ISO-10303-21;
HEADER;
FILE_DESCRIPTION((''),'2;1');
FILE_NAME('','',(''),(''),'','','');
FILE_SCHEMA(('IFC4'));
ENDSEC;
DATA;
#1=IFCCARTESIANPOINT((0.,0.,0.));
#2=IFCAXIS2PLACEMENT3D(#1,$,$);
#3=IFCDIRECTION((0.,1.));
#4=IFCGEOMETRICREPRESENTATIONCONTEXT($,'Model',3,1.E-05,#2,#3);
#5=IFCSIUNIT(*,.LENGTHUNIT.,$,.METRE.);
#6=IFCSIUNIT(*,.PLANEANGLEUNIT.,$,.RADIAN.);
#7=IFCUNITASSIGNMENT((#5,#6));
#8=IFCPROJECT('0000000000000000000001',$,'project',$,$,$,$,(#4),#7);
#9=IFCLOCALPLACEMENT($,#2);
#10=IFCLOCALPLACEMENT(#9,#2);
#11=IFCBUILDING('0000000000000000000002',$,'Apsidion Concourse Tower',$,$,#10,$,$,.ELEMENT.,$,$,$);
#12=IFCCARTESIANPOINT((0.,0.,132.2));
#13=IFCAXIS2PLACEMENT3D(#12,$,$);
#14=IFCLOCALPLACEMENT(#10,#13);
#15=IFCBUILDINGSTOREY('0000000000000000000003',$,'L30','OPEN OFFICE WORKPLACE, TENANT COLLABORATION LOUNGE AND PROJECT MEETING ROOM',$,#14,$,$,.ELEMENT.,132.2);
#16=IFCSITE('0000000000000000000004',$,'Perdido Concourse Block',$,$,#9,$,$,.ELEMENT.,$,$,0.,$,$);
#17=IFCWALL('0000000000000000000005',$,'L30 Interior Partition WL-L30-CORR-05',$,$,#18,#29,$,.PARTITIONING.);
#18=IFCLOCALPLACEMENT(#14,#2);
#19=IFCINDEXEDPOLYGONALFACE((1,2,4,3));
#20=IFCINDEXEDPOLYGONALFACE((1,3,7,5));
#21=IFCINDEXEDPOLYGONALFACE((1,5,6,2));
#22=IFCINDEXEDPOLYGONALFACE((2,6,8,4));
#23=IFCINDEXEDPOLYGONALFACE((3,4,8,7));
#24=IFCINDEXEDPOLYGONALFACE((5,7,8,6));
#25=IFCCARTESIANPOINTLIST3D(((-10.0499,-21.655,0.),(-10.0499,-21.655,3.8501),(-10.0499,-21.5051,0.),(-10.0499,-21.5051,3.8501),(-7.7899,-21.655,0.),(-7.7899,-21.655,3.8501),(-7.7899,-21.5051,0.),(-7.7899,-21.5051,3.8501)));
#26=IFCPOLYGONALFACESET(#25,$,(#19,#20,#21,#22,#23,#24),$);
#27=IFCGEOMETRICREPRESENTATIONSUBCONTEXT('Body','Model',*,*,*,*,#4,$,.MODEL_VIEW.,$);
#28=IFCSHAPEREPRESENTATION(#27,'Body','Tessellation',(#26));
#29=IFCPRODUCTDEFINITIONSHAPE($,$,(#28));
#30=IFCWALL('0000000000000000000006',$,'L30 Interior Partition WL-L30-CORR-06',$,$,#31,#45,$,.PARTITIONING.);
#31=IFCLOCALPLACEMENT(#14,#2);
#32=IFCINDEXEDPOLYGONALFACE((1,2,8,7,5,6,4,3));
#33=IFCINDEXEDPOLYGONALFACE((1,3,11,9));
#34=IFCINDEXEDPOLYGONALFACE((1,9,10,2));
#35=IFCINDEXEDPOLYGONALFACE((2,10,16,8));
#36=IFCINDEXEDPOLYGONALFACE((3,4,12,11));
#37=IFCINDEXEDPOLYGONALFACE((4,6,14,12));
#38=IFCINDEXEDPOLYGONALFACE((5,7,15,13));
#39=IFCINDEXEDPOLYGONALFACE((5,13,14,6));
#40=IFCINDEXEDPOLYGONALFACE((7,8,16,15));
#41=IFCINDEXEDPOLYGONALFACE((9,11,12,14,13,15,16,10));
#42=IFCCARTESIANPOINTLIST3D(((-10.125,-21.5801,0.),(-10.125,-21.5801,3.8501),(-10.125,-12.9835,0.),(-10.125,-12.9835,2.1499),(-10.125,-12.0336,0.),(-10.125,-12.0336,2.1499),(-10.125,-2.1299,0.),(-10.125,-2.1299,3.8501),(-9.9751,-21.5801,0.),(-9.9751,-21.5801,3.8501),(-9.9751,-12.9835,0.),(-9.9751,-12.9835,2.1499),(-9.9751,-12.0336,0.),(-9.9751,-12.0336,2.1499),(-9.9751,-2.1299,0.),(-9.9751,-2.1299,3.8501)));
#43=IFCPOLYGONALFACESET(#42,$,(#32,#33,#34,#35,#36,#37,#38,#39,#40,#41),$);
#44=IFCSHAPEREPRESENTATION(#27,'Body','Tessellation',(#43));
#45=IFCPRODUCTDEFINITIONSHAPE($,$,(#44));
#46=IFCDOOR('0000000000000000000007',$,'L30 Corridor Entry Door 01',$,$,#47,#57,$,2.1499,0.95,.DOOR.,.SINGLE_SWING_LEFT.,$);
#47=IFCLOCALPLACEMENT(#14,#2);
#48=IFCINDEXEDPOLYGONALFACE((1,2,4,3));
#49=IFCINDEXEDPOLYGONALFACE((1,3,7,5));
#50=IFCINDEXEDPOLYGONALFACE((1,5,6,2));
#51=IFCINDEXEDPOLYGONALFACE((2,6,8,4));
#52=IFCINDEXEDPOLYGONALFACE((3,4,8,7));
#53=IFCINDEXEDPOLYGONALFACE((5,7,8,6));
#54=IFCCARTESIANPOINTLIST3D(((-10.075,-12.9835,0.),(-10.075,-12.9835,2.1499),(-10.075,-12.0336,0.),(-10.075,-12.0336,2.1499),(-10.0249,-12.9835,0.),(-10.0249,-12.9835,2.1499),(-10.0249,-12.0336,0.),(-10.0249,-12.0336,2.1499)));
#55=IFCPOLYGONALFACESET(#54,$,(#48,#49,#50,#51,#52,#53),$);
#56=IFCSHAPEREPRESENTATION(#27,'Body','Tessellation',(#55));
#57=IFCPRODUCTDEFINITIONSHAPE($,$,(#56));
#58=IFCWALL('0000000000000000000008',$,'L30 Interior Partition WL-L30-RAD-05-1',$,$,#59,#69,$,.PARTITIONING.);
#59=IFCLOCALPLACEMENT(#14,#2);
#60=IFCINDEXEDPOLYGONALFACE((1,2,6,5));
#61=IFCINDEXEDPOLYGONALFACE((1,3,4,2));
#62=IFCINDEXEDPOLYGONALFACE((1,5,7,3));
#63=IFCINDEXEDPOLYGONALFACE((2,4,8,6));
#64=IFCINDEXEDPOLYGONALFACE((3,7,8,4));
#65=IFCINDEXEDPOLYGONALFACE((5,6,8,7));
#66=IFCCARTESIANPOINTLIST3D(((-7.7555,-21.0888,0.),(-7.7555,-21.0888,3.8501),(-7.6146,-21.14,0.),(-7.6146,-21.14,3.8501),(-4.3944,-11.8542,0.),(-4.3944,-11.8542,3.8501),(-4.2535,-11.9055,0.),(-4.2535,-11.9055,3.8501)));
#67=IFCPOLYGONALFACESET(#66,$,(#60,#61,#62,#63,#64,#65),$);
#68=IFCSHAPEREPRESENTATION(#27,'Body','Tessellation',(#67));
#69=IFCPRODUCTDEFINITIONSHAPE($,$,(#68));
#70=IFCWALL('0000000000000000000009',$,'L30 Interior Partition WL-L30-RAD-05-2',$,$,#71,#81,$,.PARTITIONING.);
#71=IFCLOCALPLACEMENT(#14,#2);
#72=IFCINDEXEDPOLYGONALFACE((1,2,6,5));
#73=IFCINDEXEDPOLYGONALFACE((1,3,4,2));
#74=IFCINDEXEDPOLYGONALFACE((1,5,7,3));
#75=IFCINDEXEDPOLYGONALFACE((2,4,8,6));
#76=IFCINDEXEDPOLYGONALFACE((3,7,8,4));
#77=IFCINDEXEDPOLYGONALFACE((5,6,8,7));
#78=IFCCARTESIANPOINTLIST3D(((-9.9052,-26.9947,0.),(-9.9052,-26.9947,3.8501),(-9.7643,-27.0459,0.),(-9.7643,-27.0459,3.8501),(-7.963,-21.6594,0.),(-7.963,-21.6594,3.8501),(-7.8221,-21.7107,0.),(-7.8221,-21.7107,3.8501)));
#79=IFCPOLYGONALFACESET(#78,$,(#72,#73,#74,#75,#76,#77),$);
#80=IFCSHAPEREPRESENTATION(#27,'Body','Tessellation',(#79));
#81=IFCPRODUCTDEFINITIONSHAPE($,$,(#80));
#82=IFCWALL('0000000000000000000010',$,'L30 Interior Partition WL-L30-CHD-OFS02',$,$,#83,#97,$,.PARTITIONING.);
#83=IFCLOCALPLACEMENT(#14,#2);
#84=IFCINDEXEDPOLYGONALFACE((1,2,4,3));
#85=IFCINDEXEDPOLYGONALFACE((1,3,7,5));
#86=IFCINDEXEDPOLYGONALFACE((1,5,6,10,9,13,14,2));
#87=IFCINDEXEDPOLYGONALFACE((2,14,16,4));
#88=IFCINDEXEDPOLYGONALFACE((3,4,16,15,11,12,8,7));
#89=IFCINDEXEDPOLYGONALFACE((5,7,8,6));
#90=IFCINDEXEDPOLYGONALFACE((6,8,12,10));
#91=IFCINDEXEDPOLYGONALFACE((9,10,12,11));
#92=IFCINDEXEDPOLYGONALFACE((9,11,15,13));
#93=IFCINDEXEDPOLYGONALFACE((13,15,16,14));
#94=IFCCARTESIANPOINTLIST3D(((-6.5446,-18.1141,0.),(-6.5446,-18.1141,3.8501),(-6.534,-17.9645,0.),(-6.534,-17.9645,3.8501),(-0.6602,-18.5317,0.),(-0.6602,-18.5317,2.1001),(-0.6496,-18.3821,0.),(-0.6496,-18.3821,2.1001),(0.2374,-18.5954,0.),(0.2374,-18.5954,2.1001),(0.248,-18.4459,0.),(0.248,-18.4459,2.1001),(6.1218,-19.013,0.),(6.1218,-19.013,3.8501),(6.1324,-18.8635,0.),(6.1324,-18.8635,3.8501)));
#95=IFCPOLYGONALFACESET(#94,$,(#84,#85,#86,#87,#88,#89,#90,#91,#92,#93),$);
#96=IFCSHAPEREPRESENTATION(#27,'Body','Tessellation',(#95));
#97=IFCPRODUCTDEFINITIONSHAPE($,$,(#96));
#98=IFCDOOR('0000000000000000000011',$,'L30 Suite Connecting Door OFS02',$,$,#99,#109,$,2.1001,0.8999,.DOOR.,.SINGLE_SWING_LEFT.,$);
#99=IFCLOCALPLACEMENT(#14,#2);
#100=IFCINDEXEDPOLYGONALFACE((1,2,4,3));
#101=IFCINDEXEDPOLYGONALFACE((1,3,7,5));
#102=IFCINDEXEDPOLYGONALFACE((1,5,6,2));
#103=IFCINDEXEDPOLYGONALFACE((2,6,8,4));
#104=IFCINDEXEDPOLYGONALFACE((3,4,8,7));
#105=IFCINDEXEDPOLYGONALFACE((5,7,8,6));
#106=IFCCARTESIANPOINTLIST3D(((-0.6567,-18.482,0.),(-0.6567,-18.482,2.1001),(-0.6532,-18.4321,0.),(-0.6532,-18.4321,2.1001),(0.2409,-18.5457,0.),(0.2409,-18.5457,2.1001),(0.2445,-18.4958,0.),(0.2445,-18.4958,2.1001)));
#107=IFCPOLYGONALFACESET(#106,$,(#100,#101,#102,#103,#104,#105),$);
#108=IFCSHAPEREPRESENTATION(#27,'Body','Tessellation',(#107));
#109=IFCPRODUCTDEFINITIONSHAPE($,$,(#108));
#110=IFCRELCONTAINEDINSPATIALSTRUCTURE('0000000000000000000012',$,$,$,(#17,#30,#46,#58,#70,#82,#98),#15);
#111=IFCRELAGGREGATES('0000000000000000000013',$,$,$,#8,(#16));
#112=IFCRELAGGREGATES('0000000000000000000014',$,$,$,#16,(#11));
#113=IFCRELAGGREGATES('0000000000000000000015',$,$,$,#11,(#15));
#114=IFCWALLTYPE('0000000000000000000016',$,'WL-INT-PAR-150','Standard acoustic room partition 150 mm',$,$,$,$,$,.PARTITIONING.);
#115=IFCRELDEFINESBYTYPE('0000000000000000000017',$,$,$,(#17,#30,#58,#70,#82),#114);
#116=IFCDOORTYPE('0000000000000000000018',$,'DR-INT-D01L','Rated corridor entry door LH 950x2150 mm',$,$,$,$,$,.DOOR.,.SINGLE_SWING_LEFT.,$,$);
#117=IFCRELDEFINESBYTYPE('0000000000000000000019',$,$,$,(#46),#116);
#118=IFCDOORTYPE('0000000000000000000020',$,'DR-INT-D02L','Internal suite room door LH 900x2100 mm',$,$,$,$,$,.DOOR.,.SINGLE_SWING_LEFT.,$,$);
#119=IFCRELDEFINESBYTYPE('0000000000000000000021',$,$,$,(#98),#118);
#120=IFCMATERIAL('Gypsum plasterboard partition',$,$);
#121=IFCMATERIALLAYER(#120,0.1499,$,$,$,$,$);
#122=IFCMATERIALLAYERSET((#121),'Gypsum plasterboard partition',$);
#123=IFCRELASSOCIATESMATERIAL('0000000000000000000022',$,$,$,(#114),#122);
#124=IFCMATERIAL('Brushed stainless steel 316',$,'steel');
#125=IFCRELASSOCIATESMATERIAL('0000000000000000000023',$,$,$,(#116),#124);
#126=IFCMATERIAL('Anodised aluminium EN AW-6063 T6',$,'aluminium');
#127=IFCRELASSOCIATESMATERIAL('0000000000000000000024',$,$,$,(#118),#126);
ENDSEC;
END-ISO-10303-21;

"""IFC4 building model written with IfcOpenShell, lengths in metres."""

from ifc_helpers import new_model, si_unit, direction, frame, frame_2d, origin, place, context, subcontext, project, spatial, rectangle, extrude, material, layer, layer_set, type_object, element, fill, save


model = new_model("IFC4")

# Units and contexts
model_context = context("Model", 3, precision=1e-05, world=origin(), true_north=direction((0.0, 1.0)))
body_context = subcontext(model_context, "Body", "Model", "MODEL_VIEW")
ifc_project = project(units=[si_unit("LENGTHUNIT", "METRE"), si_unit("PLANEANGLEUNIT", "RADIAN")], contexts=[model_context])

# Site, building, storey
site_placement = place(None, origin())
site = spatial("IfcSite", under=ifc_project, at=site_placement, Name="Perdido Concourse Block", CompositionType="ELEMENT", RefElevation=0.0)
building_placement = place(site_placement, origin())
building = spatial("IfcBuilding", under=site, at=building_placement, Name="Apsidion Concourse Tower", CompositionType="ELEMENT")
storey_placement = place(building_placement, frame((0.0, 0.0, 132.2)))
storey = spatial("IfcBuildingStorey", under=building, at=storey_placement, Name="L30", Description="OPEN OFFICE WORKPLACE, TENANT COLLABORATION LOUNGE AND PROJECT MEETING ROOM", CompositionType="ELEMENT", Elevation=132.2)

# Shared definitions
ifc_material_1 = material(Name="Gypsum plasterboard partition")
ifc_material_2 = material(Name="Anodised aluminium EN AW-6063 T6", Category="aluminium")

# Shared definitions
ifc_layer_1 = layer(ifc_material_1, 0.1499)
ifc_layer_set_1 = layer_set([ifc_layer_1], Name="Gypsum plasterboard partition")
wall_type_1 = type_object("IfcWallType", Name="WL-INT-PAR-150", Description="Standard acoustic room partition 150 mm", PredefinedType="PARTITIONING", material=ifc_layer_set_1)
ifc_material_3 = material(Name="Brushed stainless steel 316", Category="steel")

# Wall
wall_1_placement = place(storey_placement, frame((-7.79, -21.5801, 0.0), z_axis=(0.0, 0.0, 1.0), x_axis=(-1.0, 0.0, 0.0)))
element("IfcWall", 1, at=wall_1_placement, inside=storey, type_object=wall_type_1, Name="L30 Interior Partition WL-L30-CORR-05", PredefinedType="PARTITIONING", context=body_context, shape_type="SweptSolid", body=[
    extrude(rectangle(XDim=2.26, YDim=0.1499, at=frame_2d((1.1299, 0.0))), origin(), (0.0, 0.0, 1.0), 3.8501),
])

# Wall, opening, door
wall_2_placement = place(storey_placement, frame((-10.05, -21.5801, 0.0), z_axis=(0.0, 0.0, 1.0), x_axis=(0.0, 1.0, 0.0)))
wall_2 = element("IfcWall", 2, at=wall_2_placement, inside=storey, type_object=wall_type_1, Name="L30 Interior Partition WL-L30-CORR-06", PredefinedType="PARTITIONING", context=body_context, shape_type="SweptSolid", body=[
    extrude(rectangle(XDim=19.4502, YDim=0.1499, at=frame_2d((9.7251, 0.0))), origin(), (0.0, 0.0, 1.0), 3.8501),
])
opening_1_placement = place(wall_2_placement, frame((8.5964, 0.0, 0.0)))
opening_1 = element("IfcOpeningElement", 3, at=opening_1_placement, cuts=wall_2, PredefinedType="OPENING", context=body_context, shape_type="SweptSolid", body=[
    extrude(rectangle(XDim=0.95, YDim=2.1499, at=frame_2d((0.4751, 1.075))), frame((0.0, 0.085, 0.0), z_axis=(0.0, -1.0, 0.0), x_axis=(1.0, 0.0, 0.0)), (0.0, 0.0, 1.0), 0.1699),
])
door_type_1 = type_object("IfcDoorType", Name="DR-INT-D01L", Description="Rated corridor entry door LH 950x2150 mm", OperationType="SINGLE_SWING_LEFT", PredefinedType="DOOR", material=ifc_material_3)
door_1_placement = place(opening_1_placement, origin())
door_1 = element("IfcDoor", 4, at=door_1_placement, inside=storey, type_object=door_type_1, Name="L30 Corridor Entry Door 01", OperationType="SINGLE_SWING_LEFT", OverallHeight=2.1499, OverallWidth=0.95, PredefinedType="DOOR", context=body_context, shape_type="SweptSolid", body=[
    extrude(rectangle(XDim=0.95, YDim=2.1499, at=frame_2d((0.4751, 1.075))), frame((0.0, 0.0249, 0.0), z_axis=(0.0, -1.0, 0.0), x_axis=(1.0, 0.0, 0.0)), (0.0, 0.0, 1.0), 0.05),
])
fill(opening_1, door_1)

# Walls
wall_3_placement = place(storey_placement, frame((-4.324, -11.8799, 0.0), z_axis=(0.0, 0.0, 1.0), x_axis=(-0.342016, -0.939694, 0.0)))
element("IfcWall", 5, at=wall_3_placement, inside=storey, type_object=wall_type_1, Name="L30 Interior Partition WL-L30-RAD-05-1", PredefinedType="PARTITIONING", context=body_context, shape_type="SweptSolid", body=[
    extrude(rectangle(XDim=9.8271, YDim=0.1499, at=frame_2d((4.9136, 0.0))), origin(), (0.0, 0.0, 1.0), 3.8501),
])
wall_4_placement = place(storey_placement, frame((-7.8926, -21.6851, 0.0), z_axis=(0.0, 0.0, 1.0), x_axis=(-0.342064, -0.939677, 0.0)))
element("IfcWall", 6, at=wall_4_placement, inside=storey, type_object=wall_type_1, Name="L30 Interior Partition WL-L30-RAD-05-2", PredefinedType="PARTITIONING", context=body_context, shape_type="SweptSolid", body=[
    extrude(rectangle(XDim=5.6777, YDim=0.1499, at=frame_2d((2.8389, 0.0))), origin(), (0.0, 0.0, 1.0), 3.8501),
])

# Wall, opening, door
wall_5_placement = place(storey_placement, frame((-6.5393, -18.0393, 0.0), z_axis=(0.0, 0.0, 1.0), x_axis=(0.997491, -0.070791, 0.0)))
wall_5 = element("IfcWall", 7, at=wall_5_placement, inside=storey, type_object=wall_type_1, Name="L30 Interior Partition WL-L30-CHD-OFS02", PredefinedType="PARTITIONING", context=body_context, shape_type="SweptSolid", body=[
    extrude(rectangle(XDim=12.6982, YDim=0.1499, at=frame_2d((6.3491, 0.0))), origin(), (0.0, 0.0, 1.0), 3.8501),
])
opening_2_placement = place(wall_5_placement, frame((5.8992, 0.0, 0.0)))
opening_2 = element("IfcOpeningElement", 8, at=opening_2_placement, cuts=wall_5, PredefinedType="OPENING", context=body_context, shape_type="SweptSolid", body=[
    extrude(rectangle(XDim=0.8999, YDim=2.1001, at=frame_2d((0.45, 1.05))), frame((0.0, 0.085, 0.0), z_axis=(0.0, -1.0, 0.0), x_axis=(1.0, 0.0, 0.0)), (0.0, 0.0, 1.0), 0.1699),
])
door_type_2 = type_object("IfcDoorType", Name="DR-INT-D02L", Description="Internal suite room door LH 900x2100 mm", OperationType="SINGLE_SWING_LEFT", PredefinedType="DOOR", material=ifc_material_2)
door_2_placement = place(opening_2_placement, origin())
door_2 = element("IfcDoor", 9, at=door_2_placement, inside=storey, type_object=door_type_2, Name="L30 Suite Connecting Door OFS02", OperationType="SINGLE_SWING_LEFT", OverallHeight=2.1001, OverallWidth=0.8999, PredefinedType="DOOR", context=body_context, shape_type="SweptSolid", body=[
    extrude(rectangle(XDim=0.8999, YDim=2.1001, at=frame_2d((0.45, 1.05))), frame((0.0, 0.0249, 0.0), z_axis=(0.0, -1.0, 0.0), x_axis=(1.0, 0.0, 0.0)), (0.0, 0.0, 1.0), 0.05),
])
fill(opening_2, door_2)

save(model, "model.ifc")
